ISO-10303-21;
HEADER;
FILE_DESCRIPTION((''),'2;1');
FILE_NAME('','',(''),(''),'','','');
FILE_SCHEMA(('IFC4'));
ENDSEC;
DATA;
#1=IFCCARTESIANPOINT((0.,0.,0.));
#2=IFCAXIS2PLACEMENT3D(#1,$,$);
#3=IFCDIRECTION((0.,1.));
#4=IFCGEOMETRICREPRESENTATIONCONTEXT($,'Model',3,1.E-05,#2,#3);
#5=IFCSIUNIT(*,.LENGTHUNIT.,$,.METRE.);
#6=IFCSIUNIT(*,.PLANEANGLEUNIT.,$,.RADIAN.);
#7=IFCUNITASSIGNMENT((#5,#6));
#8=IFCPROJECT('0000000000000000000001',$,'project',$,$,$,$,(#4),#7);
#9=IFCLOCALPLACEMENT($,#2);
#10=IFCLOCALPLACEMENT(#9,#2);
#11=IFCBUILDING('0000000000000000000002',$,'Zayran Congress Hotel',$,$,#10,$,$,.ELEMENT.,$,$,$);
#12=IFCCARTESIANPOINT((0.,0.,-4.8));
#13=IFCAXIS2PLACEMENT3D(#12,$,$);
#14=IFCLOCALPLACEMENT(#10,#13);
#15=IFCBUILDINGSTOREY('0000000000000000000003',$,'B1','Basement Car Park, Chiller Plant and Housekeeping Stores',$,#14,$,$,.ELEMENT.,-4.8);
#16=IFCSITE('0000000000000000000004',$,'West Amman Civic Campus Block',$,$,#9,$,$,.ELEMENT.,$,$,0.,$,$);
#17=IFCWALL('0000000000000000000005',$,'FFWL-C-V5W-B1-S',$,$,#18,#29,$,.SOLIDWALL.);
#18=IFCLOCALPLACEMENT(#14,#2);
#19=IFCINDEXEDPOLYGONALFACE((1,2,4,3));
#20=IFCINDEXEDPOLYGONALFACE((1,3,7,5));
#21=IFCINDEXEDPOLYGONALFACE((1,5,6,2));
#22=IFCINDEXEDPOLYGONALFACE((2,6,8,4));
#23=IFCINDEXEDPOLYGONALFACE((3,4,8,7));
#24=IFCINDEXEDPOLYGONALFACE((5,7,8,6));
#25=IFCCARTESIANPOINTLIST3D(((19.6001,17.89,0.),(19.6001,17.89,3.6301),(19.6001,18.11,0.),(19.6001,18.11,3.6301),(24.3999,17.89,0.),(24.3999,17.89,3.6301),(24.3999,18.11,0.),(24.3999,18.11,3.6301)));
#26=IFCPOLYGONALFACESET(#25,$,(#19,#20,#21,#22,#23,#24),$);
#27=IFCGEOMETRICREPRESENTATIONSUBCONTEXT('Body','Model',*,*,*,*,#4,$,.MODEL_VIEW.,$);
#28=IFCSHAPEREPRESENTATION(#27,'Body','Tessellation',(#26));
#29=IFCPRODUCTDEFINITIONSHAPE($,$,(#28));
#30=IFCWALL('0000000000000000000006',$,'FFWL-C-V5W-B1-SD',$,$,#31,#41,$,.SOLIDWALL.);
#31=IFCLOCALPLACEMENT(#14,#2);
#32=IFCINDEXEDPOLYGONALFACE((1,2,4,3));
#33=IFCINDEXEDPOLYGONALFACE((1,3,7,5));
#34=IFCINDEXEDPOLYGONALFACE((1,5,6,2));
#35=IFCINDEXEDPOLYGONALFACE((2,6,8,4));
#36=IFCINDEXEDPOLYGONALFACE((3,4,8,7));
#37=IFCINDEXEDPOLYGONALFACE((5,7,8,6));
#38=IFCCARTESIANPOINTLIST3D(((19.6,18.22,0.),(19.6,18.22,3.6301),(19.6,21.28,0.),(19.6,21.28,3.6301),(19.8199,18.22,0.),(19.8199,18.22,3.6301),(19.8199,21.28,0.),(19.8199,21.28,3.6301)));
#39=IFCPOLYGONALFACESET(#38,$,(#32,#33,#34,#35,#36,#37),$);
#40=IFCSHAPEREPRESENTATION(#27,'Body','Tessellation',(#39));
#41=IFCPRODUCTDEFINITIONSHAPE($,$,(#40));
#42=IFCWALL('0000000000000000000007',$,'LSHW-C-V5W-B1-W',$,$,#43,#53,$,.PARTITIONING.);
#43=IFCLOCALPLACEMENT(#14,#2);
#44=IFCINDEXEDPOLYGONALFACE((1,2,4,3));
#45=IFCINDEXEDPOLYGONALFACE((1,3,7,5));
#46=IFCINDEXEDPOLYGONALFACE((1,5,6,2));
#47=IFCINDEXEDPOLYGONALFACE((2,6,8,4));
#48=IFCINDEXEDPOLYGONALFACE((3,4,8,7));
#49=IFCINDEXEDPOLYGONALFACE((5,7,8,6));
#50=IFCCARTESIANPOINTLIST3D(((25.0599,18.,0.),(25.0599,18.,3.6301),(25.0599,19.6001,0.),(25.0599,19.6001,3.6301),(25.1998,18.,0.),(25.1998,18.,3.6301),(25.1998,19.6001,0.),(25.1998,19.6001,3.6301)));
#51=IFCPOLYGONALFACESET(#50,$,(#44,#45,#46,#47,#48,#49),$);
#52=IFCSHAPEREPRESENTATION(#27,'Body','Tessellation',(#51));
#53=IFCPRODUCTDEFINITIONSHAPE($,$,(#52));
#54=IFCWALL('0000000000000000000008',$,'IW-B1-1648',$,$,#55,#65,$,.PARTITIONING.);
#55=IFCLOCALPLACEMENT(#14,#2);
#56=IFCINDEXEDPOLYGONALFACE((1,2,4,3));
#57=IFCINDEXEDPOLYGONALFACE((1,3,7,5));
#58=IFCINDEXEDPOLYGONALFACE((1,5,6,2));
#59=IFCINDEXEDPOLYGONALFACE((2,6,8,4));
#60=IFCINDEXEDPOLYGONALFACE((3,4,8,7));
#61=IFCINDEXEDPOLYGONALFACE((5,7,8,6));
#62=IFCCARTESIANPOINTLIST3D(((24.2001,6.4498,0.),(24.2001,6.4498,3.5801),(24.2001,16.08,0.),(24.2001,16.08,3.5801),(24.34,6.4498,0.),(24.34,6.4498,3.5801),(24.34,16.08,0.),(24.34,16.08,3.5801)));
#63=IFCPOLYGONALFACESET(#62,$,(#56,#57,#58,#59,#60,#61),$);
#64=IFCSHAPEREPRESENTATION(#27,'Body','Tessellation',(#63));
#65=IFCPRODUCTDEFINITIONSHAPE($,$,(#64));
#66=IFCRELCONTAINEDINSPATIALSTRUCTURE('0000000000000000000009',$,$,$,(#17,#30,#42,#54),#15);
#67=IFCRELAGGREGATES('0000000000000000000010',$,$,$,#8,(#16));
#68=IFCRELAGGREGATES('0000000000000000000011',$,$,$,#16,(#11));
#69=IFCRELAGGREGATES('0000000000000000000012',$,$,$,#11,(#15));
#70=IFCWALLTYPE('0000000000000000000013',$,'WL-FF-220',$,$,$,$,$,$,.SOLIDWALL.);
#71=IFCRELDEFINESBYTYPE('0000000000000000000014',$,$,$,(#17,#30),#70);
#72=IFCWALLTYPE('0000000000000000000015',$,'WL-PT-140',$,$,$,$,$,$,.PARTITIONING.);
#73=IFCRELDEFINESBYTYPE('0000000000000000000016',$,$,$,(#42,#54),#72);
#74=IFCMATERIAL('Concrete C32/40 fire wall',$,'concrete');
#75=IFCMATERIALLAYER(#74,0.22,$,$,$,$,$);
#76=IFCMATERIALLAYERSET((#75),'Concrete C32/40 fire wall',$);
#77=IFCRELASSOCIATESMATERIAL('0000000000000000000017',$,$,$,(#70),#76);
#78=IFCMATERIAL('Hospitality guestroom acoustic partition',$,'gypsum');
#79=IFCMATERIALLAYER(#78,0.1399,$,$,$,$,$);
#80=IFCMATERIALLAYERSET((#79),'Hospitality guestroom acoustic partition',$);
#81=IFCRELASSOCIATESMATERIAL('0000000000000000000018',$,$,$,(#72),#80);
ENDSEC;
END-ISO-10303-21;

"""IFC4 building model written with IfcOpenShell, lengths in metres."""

from ifc_helpers import new_model, si_unit, direction, frame, frame_2d, origin, place, context, subcontext, project, spatial, rectangle, extrude, material, layer, layer_set, type_object, element, save


model = new_model("IFC4")

# Units and contexts
model_context = context("Model", 3, precision=1e-05, world=origin(), true_north=direction((0.0, 1.0)))
body_context = subcontext(model_context, "Body", "Model", "MODEL_VIEW")
ifc_project = project(units=[si_unit("LENGTHUNIT", "METRE"), si_unit("PLANEANGLEUNIT", "RADIAN")], contexts=[model_context])

# Site, building, storey
site_placement = place(None, origin())
site = spatial("IfcSite", under=ifc_project, at=site_placement, Name="West Amman Civic Campus Block", CompositionType="ELEMENT", RefElevation=0.0)
building_placement = place(site_placement, origin())
building = spatial("IfcBuilding", under=site, at=building_placement, Name="Zayran Congress Hotel", CompositionType="ELEMENT")
storey_placement = place(building_placement, frame((0.0, 0.0, -4.8)))
storey = spatial("IfcBuildingStorey", under=building, at=storey_placement, Name="B1", Description="Basement Car Park, Chiller Plant and Housekeeping Stores", CompositionType="ELEMENT", Elevation=-4.8)

# Walls
ifc_material_1 = material(Name="Concrete C32/40 fire wall", Category="concrete")
ifc_layer_1 = layer(ifc_material_1, 0.22)
ifc_layer_set_1 = layer_set([ifc_layer_1], Name="Concrete C32/40 fire wall")
wall_type_1 = type_object("IfcWallType", Name="WL-FF-220", PredefinedType="SOLIDWALL", material=ifc_layer_set_1)
wall_1_placement = place(storey_placement, frame((19.6001, 18.0, 0.0), z_axis=(0.0, 0.0, 1.0), x_axis=(1.0, 0.0, 0.0)))
element("IfcWall", 1, at=wall_1_placement, inside=storey, type_object=wall_type_1, Name="FFWL-C-V5W-B1-S", PredefinedType="SOLIDWALL", context=body_context, shape_type="SweptSolid", body=[
    extrude(rectangle(XDim=4.7998, YDim=0.22, at=frame_2d((2.3999, 0.0))), origin(), (0.0, 0.0, 1.0), 3.6301),
])
wall_2_placement = place(storey_placement, frame((19.71, 18.22, 0.0), z_axis=(0.0, 0.0, 1.0), x_axis=(0.0, 1.0, 0.0)))
element("IfcWall", 2, at=wall_2_placement, inside=storey, type_object=wall_type_1, Name="FFWL-C-V5W-B1-SD", PredefinedType="SOLIDWALL", context=body_context, shape_type="SweptSolid", body=[
    extrude(rectangle(XDim=3.0601, YDim=0.22, at=frame_2d((1.53, 0.0))), origin(), (0.0, 0.0, 1.0), 3.6301),
])
ifc_material_2 = material(Name="Hospitality guestroom acoustic partition", Category="gypsum")
ifc_layer_2 = layer(ifc_material_2, 0.1399)
ifc_layer_set_2 = layer_set([ifc_layer_2], Name="Hospitality guestroom acoustic partition")
wall_type_2 = type_object("IfcWallType", Name="WL-PT-140", PredefinedType="PARTITIONING", material=ifc_layer_set_2)
wall_3_placement = place(storey_placement, frame((25.1299, 18.0, 0.0), z_axis=(0.0, 0.0, 1.0), x_axis=(0.0, 1.0, 0.0)))
element("IfcWall", 3, at=wall_3_placement, inside=storey, type_object=wall_type_2, Name="LSHW-C-V5W-B1-W", PredefinedType="PARTITIONING", context=body_context, shape_type="SweptSolid", body=[
    extrude(rectangle(XDim=1.6001, YDim=0.1399, at=frame_2d((0.8, 0.0))), origin(), (0.0, 0.0, 1.0), 3.6301),
])
wall_4_placement = place(storey_placement, frame((24.27, 6.45, 0.0), z_axis=(0.0, 0.0, 1.0), x_axis=(0.0, 1.0, 0.0)))
element("IfcWall", 4, at=wall_4_placement, inside=storey, type_object=wall_type_2, Name="IW-B1-1648", PredefinedType="PARTITIONING", context=body_context, shape_type="SweptSolid", body=[
    extrude(rectangle(XDim=9.6301, YDim=0.1399, at=frame_2d((4.8149, 0.0))), origin(), (0.0, 0.0, 1.0), 3.5801),
])

save(model, "model.ifc")
